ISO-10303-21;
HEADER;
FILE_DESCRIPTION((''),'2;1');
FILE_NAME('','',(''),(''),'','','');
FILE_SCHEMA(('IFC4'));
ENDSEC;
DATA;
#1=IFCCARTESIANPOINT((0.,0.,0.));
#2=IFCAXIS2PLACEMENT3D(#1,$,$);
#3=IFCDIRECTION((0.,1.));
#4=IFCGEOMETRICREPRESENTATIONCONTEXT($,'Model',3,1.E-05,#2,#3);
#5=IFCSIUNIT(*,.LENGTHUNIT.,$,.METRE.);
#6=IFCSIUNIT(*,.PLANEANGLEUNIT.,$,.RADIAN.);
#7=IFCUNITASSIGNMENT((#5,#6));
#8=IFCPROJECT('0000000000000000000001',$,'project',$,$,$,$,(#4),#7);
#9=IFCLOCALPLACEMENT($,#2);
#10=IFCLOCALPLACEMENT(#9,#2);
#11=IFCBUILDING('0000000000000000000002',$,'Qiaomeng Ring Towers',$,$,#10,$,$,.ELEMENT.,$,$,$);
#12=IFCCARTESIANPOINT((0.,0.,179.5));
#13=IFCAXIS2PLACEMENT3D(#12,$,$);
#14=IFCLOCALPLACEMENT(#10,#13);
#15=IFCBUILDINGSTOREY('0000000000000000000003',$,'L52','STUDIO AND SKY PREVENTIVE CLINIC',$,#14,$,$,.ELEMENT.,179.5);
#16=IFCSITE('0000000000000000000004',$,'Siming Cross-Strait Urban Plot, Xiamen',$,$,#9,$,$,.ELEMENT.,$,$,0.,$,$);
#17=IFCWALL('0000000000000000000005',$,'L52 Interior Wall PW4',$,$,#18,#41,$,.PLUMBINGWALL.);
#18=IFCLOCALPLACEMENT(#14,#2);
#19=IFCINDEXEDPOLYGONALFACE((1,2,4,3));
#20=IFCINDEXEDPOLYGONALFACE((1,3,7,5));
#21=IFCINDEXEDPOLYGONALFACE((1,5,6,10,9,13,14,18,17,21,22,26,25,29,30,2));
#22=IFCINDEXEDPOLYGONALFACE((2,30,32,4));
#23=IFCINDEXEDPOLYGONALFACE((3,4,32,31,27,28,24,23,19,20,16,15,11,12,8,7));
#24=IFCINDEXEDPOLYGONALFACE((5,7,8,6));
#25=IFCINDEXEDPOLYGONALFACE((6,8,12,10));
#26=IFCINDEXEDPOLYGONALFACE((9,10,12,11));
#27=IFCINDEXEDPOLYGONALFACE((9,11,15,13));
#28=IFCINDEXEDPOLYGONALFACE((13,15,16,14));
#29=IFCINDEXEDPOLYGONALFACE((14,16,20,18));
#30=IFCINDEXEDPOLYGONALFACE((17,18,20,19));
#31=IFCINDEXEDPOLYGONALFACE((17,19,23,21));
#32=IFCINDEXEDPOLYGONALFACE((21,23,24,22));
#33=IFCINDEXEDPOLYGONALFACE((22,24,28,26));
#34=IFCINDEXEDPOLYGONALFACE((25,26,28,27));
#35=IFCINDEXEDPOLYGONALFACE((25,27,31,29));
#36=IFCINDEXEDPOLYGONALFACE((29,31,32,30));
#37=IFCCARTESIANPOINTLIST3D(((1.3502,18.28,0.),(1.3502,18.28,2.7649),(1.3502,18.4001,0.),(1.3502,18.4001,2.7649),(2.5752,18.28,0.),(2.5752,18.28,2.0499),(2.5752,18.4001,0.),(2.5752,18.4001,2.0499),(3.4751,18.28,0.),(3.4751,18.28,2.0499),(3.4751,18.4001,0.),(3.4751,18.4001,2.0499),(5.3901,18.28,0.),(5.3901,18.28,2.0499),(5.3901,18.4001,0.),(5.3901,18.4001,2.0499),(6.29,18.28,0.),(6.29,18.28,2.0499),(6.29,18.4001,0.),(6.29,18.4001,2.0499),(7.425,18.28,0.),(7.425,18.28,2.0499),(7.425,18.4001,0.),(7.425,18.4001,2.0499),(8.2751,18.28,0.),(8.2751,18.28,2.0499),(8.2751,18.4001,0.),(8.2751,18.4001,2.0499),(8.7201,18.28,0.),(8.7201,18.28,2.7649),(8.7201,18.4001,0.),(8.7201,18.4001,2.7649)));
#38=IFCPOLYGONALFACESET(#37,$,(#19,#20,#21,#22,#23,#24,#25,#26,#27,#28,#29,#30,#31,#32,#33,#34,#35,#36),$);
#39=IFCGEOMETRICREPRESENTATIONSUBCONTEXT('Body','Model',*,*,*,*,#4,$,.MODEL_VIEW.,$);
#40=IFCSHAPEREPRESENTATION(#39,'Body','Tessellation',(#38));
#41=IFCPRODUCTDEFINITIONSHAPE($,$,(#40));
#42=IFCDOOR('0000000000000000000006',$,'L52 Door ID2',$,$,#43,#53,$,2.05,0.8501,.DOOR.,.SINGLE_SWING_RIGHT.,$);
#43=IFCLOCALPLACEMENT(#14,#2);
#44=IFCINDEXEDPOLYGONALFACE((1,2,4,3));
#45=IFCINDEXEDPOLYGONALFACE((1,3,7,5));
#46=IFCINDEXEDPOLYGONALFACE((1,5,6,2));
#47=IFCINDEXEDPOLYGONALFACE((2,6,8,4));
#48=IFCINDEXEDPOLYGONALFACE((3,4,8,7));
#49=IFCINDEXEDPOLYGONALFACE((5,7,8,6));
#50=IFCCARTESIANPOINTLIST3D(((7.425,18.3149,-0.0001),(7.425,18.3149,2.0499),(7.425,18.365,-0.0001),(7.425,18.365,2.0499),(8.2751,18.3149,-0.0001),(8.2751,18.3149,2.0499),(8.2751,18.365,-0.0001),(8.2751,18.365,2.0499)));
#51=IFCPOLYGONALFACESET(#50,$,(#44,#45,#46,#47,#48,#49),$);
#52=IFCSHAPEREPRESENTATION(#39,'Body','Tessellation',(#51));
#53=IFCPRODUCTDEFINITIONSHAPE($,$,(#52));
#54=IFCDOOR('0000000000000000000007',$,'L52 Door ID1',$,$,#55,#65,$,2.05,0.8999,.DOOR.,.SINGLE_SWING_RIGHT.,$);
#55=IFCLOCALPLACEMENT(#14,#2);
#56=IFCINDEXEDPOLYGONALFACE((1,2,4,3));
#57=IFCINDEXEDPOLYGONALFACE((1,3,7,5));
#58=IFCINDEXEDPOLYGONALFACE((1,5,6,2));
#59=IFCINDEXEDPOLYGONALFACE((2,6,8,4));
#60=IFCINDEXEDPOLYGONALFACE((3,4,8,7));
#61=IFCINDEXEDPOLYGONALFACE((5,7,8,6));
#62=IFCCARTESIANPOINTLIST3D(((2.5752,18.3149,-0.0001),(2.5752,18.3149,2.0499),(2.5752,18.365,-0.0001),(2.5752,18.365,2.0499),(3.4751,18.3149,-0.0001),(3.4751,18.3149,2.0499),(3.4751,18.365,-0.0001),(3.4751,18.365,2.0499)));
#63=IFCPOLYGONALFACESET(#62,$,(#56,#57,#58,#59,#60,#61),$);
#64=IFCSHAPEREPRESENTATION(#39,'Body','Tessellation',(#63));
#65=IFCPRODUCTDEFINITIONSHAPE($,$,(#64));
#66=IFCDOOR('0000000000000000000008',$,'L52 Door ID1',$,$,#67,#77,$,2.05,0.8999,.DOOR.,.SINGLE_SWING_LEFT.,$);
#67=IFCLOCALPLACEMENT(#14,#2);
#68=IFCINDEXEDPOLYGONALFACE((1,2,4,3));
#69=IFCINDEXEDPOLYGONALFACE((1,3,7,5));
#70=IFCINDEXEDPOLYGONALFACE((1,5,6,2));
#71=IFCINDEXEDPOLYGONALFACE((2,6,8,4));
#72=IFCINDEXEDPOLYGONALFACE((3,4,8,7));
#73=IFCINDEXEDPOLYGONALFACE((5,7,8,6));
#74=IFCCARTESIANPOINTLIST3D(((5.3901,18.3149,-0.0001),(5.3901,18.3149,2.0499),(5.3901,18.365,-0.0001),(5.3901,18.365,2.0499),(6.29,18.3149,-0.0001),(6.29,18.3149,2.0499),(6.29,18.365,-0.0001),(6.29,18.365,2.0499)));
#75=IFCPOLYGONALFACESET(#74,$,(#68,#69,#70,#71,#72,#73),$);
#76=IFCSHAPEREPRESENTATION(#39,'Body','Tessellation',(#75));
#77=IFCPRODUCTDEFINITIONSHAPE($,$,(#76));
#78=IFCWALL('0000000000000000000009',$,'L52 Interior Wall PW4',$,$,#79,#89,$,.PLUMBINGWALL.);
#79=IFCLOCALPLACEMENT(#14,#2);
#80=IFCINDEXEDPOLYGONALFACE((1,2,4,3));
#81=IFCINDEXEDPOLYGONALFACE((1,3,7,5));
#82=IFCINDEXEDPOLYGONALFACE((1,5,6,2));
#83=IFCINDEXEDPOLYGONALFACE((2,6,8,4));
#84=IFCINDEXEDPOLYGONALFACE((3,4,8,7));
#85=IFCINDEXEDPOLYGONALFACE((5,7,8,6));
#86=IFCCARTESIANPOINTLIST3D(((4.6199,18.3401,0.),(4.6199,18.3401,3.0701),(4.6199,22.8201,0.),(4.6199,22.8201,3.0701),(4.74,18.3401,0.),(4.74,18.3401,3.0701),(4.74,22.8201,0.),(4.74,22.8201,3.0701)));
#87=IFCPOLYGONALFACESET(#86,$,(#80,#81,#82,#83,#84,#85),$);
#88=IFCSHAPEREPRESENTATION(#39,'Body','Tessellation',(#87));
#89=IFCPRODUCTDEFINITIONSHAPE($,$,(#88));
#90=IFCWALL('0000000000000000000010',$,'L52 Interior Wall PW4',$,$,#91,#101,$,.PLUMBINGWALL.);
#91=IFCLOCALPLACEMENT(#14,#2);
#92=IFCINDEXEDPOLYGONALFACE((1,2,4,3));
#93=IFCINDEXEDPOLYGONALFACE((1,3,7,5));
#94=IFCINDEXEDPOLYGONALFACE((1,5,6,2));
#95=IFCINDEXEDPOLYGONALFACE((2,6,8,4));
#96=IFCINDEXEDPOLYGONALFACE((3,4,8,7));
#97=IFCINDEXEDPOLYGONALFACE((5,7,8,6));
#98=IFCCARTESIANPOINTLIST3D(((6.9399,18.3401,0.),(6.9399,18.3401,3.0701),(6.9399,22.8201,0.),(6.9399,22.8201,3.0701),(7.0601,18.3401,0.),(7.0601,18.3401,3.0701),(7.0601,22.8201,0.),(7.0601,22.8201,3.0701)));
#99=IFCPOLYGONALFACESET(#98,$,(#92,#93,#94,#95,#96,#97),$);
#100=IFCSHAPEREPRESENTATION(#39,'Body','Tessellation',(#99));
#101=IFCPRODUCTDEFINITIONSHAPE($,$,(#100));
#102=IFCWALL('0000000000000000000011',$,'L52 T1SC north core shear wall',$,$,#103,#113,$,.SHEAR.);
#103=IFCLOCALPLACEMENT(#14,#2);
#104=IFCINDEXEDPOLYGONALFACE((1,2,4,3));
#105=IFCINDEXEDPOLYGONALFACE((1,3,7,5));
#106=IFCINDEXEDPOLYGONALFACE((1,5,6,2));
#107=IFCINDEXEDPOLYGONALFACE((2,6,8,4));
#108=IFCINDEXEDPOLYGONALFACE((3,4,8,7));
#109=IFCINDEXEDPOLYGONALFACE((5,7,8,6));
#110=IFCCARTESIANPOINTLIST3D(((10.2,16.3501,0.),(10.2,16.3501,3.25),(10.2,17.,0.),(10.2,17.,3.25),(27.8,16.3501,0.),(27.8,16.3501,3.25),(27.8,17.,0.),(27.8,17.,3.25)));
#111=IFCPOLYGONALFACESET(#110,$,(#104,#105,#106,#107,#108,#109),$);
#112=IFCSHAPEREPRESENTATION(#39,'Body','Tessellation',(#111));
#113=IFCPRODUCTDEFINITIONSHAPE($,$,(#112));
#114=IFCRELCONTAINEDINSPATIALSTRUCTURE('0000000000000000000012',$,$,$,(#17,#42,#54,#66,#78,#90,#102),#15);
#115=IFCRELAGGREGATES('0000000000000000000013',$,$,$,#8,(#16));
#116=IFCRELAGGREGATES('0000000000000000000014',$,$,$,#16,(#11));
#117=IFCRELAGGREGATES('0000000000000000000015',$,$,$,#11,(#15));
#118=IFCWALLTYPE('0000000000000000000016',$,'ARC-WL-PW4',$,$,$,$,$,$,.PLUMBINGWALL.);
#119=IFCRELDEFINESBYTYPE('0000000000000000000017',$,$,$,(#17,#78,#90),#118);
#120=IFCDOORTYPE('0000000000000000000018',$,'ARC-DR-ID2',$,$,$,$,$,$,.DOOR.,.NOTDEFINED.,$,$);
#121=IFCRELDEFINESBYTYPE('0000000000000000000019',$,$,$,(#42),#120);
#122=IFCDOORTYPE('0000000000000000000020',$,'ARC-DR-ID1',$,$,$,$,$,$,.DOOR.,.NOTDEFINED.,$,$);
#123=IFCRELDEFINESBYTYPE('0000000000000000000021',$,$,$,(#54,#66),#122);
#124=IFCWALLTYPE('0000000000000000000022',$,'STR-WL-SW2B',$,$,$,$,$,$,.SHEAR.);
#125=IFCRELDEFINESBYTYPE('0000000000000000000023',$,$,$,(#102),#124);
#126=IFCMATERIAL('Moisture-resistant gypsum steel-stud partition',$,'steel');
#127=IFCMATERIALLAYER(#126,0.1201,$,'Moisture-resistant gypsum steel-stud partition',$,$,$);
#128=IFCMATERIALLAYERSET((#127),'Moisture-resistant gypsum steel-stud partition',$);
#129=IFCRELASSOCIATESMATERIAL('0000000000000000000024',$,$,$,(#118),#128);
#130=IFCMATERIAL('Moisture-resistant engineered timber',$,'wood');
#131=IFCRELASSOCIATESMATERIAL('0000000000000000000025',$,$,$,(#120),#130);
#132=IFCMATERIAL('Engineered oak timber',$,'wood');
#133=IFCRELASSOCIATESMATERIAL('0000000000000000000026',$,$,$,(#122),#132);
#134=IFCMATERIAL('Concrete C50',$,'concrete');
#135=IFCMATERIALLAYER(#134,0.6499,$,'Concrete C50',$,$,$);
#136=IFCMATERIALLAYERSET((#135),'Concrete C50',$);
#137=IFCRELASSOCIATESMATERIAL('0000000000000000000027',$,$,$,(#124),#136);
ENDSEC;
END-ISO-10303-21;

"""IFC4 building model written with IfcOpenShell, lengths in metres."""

from ifc_helpers import new_model, si_unit, direction, frame, frame_2d, origin, place, context, subcontext, project, spatial, rectangle, extrude, source, transform, mapped, material, layer, layer_set, type_object, element, fill, save


model = new_model("IFC4")

# Units and contexts
model_context = context("Model", 3, precision=1e-05, world=origin(), true_north=direction((0.0, 1.0)))
body_context = subcontext(model_context, "Body", "Model", "MODEL_VIEW")
ifc_project = project(units=[si_unit("LENGTHUNIT", "METRE"), si_unit("PLANEANGLEUNIT", "RADIAN")], contexts=[model_context])

# Site, building, storey
site_placement = place(None, origin())
site = spatial("IfcSite", under=ifc_project, at=site_placement, Name="Siming Cross-Strait Urban Plot, Xiamen", CompositionType="ELEMENT", RefElevation=0.0)
building_placement = place(site_placement, origin())
building = spatial("IfcBuilding", under=site, at=building_placement, Name="Qiaomeng Ring Towers", CompositionType="ELEMENT")
storey_placement = place(building_placement, frame((0.0, 0.0, 179.5)))
storey = spatial("IfcBuildingStorey", under=building, at=storey_placement, Name="L52", Description="STUDIO AND SKY PREVENTIVE CLINIC", CompositionType="ELEMENT", Elevation=179.5)

# Shared definitions
ifc_material_1 = material(Name="Concrete C50", Category="concrete")

# Shared definitions
ifc_material_2 = material(Name="Moisture-resistant gypsum steel-stud partition", Category="steel")
ifc_layer_1 = layer(ifc_material_2, 0.1201, Name="Moisture-resistant gypsum steel-stud partition")
ifc_layer_set_1 = layer_set([ifc_layer_1], Name="Moisture-resistant gypsum steel-stud partition")
wall_type_1 = type_object("IfcWallType", Name="ARC-WL-PW4", PredefinedType="PLUMBINGWALL", material=ifc_layer_set_1)
ifc_material_3 = material(Name="Moisture-resistant engineered timber", Category="wood")
door_type_1 = type_object("IfcDoorType", Name="ARC-DR-ID2", OperationType="NOTDEFINED", PredefinedType="DOOR", material=ifc_material_3)
shared_shape_1 = source(origin(), body_context, "Body", "SweptSolid", [
    extrude(rectangle(XDim=0.8501, YDim=2.05, at=frame_2d((0.425, 1.0249))), frame((0.0, 0.0249, 0.0), z_axis=(0.0, -1.0, 0.0), x_axis=(1.0, 0.0, 0.0)), (0.0, 0.0, 1.0), 0.05),
])
ifc_material_4 = material(Name="Engineered oak timber", Category="wood")
door_type_2 = type_object("IfcDoorType", Name="ARC-DR-ID1", OperationType="NOTDEFINED", PredefinedType="DOOR", material=ifc_material_4)
shared_shape_2 = source(origin(), body_context, "Body", "SweptSolid", [
    extrude(rectangle(XDim=0.8999, YDim=2.05, at=frame_2d((0.45, 1.0249))), frame((0.0, 0.0249, 0.0), z_axis=(0.0, -1.0, 0.0), x_axis=(1.0, 0.0, 0.0)), (0.0, 0.0, 1.0), 0.05),
])

# Wall, openings, doors
wall_1_placement = place(storey_placement, frame((1.3501, 18.3401, 0.0), z_axis=(0.0, 0.0, 1.0), x_axis=(1.0, 0.0, 0.0)))
wall_1 = element("IfcWall", 1, at=wall_1_placement, inside=storey, type_object=wall_type_1, Name="L52 Interior Wall PW4", PredefinedType="PLUMBINGWALL", context=body_context, shape_type="SweptSolid", body=[
    extrude(rectangle(XDim=7.3699, YDim=0.1201, at=frame_2d((3.6851, 0.0))), origin(), (0.0, 0.0, 1.0), 2.7649),
])
opening_1_placement = place(wall_1_placement, frame((1.2251, 0.0, 0.0)))
opening_1 = element("IfcOpeningElement", 2, at=opening_1_placement, cuts=wall_1, PredefinedType="OPENING", context=body_context, shape_type="SweptSolid", body=[
    extrude(rectangle(XDim=0.8999, YDim=2.05, at=frame_2d((0.45, 1.0249))), frame((0.0, 0.0701, 0.0), z_axis=(0.0, -1.0, 0.0), x_axis=(1.0, 0.0, 0.0)), (0.0, 0.0, 1.0), 0.1401),
])
opening_2_placement = place(wall_1_placement, frame((4.04, 0.0, 0.0)))
opening_2 = element("IfcOpeningElement", 3, at=opening_2_placement, cuts=wall_1, PredefinedType="OPENING", context=body_context, shape_type="SweptSolid", body=[
    extrude(rectangle(XDim=0.8999, YDim=2.05, at=frame_2d((0.45, 1.0249))), frame((0.0, 0.0701, 0.0), z_axis=(0.0, -1.0, 0.0), x_axis=(1.0, 0.0, 0.0)), (0.0, 0.0, 1.0), 0.1401),
])
opening_3_placement = place(wall_1_placement, frame((6.075, 0.0, 0.0)))
opening_3 = element("IfcOpeningElement", 4, at=opening_3_placement, cuts=wall_1, PredefinedType="OPENING", context=body_context, shape_type="SweptSolid", body=[
    extrude(rectangle(XDim=0.8501, YDim=2.05, at=frame_2d((0.425, 1.0249))), frame((0.0, 0.0701, 0.0), z_axis=(0.0, -1.0, 0.0), x_axis=(1.0, 0.0, 0.0)), (0.0, 0.0, 1.0), 0.1401),
])
door_1_placement = place(opening_3_placement, origin())
door_1 = element("IfcDoor", 5, at=door_1_placement, inside=storey, type_object=door_type_1, Name="L52 Door ID2", OperationType="SINGLE_SWING_RIGHT", OverallHeight=2.05, OverallWidth=0.8501, PredefinedType="DOOR", context=body_context, shape_type="MappedRepresentation", body=[
    mapped(shared_shape_1, transform((0.0, 0.0, 0.0), x_axis=(1.0, 0.0, 0.0), y_axis=(0.0, 1.0, 0.0), z_axis=(0.0, 0.0, 1.0), scale=1.0)),
])
fill(opening_3, door_1)
door_2_placement = place(opening_1_placement, origin())
door_2 = element("IfcDoor", 6, at=door_2_placement, inside=storey, type_object=door_type_2, Name="L52 Door ID1", OperationType="SINGLE_SWING_RIGHT", OverallHeight=2.05, OverallWidth=0.8999, PredefinedType="DOOR", context=body_context, shape_type="MappedRepresentation", body=[
    mapped(shared_shape_2, transform((0.0, 0.0, 0.0), x_axis=(1.0, 0.0, 0.0), y_axis=(0.0, 1.0, 0.0), z_axis=(0.0, 0.0, 1.0), scale=1.0)),
])
fill(opening_1, door_2)
door_3_placement = place(opening_2_placement, origin())
door_3 = element("IfcDoor", 7, at=door_3_placement, inside=storey, type_object=door_type_2, Name="L52 Door ID1", OperationType="SINGLE_SWING_LEFT", OverallHeight=2.05, OverallWidth=0.8999, PredefinedType="DOOR", context=body_context, shape_type="MappedRepresentation", body=[
    mapped(shared_shape_2, transform((0.0, 0.0, 0.0), x_axis=(1.0, 0.0, 0.0), y_axis=(0.0, 1.0, 0.0), z_axis=(0.0, 0.0, 1.0), scale=1.0)),
])
fill(opening_2, door_3)

# Walls
for number, where, z_axis, x_axis, name in (
    (8, (4.6799, 18.3401, 0.0), (0.0, 0.0, 1.0), (0.0, 1.0, 0.0), "L52 Interior Wall PW4"),
    (9, (7.0, 18.3401, 0.0), (0.0, 0.0, 1.0), (0.0, 1.0, 0.0), "L52 Interior Wall PW4"),
):
    element("IfcWall", number, at=place(storey_placement, frame(where, z_axis=z_axis, x_axis=x_axis)), inside=storey, type_object=wall_type_1, Name=name, PredefinedType="PLUMBINGWALL", context=body_context, shape_type="SweptSolid", body=[
        extrude(rectangle(XDim=4.48, YDim=0.1201, at=frame_2d((2.24, 0.0))), origin(), (0.0, 0.0, 1.0), 3.0701),
    ])
ifc_layer_2 = layer(ifc_material_1, 0.6499, Name="Concrete C50")
ifc_layer_set_2 = layer_set([ifc_layer_2], Name="Concrete C50")
wall_type_2 = type_object("IfcWallType", Name="STR-WL-SW2B", PredefinedType="SHEAR", material=ifc_layer_set_2)
wall_2_placement = place(storey_placement, frame((10.2, 16.675, 0.0), z_axis=(0.0, 0.0, 1.0), x_axis=(1.0, 0.0, 0.0)))
element("IfcWall", 10, at=wall_2_placement, inside=storey, type_object=wall_type_2, Name="L52 T1SC north core shear wall", PredefinedType="SHEAR", context=body_context, shape_type="SweptSolid", body=[
    extrude(rectangle(XDim=17.6001, YDim=0.6499, at=frame_2d((8.8, 0.0))), origin(), (0.0, 0.0, 1.0), 3.25),
])

save(model, "model.ifc")
